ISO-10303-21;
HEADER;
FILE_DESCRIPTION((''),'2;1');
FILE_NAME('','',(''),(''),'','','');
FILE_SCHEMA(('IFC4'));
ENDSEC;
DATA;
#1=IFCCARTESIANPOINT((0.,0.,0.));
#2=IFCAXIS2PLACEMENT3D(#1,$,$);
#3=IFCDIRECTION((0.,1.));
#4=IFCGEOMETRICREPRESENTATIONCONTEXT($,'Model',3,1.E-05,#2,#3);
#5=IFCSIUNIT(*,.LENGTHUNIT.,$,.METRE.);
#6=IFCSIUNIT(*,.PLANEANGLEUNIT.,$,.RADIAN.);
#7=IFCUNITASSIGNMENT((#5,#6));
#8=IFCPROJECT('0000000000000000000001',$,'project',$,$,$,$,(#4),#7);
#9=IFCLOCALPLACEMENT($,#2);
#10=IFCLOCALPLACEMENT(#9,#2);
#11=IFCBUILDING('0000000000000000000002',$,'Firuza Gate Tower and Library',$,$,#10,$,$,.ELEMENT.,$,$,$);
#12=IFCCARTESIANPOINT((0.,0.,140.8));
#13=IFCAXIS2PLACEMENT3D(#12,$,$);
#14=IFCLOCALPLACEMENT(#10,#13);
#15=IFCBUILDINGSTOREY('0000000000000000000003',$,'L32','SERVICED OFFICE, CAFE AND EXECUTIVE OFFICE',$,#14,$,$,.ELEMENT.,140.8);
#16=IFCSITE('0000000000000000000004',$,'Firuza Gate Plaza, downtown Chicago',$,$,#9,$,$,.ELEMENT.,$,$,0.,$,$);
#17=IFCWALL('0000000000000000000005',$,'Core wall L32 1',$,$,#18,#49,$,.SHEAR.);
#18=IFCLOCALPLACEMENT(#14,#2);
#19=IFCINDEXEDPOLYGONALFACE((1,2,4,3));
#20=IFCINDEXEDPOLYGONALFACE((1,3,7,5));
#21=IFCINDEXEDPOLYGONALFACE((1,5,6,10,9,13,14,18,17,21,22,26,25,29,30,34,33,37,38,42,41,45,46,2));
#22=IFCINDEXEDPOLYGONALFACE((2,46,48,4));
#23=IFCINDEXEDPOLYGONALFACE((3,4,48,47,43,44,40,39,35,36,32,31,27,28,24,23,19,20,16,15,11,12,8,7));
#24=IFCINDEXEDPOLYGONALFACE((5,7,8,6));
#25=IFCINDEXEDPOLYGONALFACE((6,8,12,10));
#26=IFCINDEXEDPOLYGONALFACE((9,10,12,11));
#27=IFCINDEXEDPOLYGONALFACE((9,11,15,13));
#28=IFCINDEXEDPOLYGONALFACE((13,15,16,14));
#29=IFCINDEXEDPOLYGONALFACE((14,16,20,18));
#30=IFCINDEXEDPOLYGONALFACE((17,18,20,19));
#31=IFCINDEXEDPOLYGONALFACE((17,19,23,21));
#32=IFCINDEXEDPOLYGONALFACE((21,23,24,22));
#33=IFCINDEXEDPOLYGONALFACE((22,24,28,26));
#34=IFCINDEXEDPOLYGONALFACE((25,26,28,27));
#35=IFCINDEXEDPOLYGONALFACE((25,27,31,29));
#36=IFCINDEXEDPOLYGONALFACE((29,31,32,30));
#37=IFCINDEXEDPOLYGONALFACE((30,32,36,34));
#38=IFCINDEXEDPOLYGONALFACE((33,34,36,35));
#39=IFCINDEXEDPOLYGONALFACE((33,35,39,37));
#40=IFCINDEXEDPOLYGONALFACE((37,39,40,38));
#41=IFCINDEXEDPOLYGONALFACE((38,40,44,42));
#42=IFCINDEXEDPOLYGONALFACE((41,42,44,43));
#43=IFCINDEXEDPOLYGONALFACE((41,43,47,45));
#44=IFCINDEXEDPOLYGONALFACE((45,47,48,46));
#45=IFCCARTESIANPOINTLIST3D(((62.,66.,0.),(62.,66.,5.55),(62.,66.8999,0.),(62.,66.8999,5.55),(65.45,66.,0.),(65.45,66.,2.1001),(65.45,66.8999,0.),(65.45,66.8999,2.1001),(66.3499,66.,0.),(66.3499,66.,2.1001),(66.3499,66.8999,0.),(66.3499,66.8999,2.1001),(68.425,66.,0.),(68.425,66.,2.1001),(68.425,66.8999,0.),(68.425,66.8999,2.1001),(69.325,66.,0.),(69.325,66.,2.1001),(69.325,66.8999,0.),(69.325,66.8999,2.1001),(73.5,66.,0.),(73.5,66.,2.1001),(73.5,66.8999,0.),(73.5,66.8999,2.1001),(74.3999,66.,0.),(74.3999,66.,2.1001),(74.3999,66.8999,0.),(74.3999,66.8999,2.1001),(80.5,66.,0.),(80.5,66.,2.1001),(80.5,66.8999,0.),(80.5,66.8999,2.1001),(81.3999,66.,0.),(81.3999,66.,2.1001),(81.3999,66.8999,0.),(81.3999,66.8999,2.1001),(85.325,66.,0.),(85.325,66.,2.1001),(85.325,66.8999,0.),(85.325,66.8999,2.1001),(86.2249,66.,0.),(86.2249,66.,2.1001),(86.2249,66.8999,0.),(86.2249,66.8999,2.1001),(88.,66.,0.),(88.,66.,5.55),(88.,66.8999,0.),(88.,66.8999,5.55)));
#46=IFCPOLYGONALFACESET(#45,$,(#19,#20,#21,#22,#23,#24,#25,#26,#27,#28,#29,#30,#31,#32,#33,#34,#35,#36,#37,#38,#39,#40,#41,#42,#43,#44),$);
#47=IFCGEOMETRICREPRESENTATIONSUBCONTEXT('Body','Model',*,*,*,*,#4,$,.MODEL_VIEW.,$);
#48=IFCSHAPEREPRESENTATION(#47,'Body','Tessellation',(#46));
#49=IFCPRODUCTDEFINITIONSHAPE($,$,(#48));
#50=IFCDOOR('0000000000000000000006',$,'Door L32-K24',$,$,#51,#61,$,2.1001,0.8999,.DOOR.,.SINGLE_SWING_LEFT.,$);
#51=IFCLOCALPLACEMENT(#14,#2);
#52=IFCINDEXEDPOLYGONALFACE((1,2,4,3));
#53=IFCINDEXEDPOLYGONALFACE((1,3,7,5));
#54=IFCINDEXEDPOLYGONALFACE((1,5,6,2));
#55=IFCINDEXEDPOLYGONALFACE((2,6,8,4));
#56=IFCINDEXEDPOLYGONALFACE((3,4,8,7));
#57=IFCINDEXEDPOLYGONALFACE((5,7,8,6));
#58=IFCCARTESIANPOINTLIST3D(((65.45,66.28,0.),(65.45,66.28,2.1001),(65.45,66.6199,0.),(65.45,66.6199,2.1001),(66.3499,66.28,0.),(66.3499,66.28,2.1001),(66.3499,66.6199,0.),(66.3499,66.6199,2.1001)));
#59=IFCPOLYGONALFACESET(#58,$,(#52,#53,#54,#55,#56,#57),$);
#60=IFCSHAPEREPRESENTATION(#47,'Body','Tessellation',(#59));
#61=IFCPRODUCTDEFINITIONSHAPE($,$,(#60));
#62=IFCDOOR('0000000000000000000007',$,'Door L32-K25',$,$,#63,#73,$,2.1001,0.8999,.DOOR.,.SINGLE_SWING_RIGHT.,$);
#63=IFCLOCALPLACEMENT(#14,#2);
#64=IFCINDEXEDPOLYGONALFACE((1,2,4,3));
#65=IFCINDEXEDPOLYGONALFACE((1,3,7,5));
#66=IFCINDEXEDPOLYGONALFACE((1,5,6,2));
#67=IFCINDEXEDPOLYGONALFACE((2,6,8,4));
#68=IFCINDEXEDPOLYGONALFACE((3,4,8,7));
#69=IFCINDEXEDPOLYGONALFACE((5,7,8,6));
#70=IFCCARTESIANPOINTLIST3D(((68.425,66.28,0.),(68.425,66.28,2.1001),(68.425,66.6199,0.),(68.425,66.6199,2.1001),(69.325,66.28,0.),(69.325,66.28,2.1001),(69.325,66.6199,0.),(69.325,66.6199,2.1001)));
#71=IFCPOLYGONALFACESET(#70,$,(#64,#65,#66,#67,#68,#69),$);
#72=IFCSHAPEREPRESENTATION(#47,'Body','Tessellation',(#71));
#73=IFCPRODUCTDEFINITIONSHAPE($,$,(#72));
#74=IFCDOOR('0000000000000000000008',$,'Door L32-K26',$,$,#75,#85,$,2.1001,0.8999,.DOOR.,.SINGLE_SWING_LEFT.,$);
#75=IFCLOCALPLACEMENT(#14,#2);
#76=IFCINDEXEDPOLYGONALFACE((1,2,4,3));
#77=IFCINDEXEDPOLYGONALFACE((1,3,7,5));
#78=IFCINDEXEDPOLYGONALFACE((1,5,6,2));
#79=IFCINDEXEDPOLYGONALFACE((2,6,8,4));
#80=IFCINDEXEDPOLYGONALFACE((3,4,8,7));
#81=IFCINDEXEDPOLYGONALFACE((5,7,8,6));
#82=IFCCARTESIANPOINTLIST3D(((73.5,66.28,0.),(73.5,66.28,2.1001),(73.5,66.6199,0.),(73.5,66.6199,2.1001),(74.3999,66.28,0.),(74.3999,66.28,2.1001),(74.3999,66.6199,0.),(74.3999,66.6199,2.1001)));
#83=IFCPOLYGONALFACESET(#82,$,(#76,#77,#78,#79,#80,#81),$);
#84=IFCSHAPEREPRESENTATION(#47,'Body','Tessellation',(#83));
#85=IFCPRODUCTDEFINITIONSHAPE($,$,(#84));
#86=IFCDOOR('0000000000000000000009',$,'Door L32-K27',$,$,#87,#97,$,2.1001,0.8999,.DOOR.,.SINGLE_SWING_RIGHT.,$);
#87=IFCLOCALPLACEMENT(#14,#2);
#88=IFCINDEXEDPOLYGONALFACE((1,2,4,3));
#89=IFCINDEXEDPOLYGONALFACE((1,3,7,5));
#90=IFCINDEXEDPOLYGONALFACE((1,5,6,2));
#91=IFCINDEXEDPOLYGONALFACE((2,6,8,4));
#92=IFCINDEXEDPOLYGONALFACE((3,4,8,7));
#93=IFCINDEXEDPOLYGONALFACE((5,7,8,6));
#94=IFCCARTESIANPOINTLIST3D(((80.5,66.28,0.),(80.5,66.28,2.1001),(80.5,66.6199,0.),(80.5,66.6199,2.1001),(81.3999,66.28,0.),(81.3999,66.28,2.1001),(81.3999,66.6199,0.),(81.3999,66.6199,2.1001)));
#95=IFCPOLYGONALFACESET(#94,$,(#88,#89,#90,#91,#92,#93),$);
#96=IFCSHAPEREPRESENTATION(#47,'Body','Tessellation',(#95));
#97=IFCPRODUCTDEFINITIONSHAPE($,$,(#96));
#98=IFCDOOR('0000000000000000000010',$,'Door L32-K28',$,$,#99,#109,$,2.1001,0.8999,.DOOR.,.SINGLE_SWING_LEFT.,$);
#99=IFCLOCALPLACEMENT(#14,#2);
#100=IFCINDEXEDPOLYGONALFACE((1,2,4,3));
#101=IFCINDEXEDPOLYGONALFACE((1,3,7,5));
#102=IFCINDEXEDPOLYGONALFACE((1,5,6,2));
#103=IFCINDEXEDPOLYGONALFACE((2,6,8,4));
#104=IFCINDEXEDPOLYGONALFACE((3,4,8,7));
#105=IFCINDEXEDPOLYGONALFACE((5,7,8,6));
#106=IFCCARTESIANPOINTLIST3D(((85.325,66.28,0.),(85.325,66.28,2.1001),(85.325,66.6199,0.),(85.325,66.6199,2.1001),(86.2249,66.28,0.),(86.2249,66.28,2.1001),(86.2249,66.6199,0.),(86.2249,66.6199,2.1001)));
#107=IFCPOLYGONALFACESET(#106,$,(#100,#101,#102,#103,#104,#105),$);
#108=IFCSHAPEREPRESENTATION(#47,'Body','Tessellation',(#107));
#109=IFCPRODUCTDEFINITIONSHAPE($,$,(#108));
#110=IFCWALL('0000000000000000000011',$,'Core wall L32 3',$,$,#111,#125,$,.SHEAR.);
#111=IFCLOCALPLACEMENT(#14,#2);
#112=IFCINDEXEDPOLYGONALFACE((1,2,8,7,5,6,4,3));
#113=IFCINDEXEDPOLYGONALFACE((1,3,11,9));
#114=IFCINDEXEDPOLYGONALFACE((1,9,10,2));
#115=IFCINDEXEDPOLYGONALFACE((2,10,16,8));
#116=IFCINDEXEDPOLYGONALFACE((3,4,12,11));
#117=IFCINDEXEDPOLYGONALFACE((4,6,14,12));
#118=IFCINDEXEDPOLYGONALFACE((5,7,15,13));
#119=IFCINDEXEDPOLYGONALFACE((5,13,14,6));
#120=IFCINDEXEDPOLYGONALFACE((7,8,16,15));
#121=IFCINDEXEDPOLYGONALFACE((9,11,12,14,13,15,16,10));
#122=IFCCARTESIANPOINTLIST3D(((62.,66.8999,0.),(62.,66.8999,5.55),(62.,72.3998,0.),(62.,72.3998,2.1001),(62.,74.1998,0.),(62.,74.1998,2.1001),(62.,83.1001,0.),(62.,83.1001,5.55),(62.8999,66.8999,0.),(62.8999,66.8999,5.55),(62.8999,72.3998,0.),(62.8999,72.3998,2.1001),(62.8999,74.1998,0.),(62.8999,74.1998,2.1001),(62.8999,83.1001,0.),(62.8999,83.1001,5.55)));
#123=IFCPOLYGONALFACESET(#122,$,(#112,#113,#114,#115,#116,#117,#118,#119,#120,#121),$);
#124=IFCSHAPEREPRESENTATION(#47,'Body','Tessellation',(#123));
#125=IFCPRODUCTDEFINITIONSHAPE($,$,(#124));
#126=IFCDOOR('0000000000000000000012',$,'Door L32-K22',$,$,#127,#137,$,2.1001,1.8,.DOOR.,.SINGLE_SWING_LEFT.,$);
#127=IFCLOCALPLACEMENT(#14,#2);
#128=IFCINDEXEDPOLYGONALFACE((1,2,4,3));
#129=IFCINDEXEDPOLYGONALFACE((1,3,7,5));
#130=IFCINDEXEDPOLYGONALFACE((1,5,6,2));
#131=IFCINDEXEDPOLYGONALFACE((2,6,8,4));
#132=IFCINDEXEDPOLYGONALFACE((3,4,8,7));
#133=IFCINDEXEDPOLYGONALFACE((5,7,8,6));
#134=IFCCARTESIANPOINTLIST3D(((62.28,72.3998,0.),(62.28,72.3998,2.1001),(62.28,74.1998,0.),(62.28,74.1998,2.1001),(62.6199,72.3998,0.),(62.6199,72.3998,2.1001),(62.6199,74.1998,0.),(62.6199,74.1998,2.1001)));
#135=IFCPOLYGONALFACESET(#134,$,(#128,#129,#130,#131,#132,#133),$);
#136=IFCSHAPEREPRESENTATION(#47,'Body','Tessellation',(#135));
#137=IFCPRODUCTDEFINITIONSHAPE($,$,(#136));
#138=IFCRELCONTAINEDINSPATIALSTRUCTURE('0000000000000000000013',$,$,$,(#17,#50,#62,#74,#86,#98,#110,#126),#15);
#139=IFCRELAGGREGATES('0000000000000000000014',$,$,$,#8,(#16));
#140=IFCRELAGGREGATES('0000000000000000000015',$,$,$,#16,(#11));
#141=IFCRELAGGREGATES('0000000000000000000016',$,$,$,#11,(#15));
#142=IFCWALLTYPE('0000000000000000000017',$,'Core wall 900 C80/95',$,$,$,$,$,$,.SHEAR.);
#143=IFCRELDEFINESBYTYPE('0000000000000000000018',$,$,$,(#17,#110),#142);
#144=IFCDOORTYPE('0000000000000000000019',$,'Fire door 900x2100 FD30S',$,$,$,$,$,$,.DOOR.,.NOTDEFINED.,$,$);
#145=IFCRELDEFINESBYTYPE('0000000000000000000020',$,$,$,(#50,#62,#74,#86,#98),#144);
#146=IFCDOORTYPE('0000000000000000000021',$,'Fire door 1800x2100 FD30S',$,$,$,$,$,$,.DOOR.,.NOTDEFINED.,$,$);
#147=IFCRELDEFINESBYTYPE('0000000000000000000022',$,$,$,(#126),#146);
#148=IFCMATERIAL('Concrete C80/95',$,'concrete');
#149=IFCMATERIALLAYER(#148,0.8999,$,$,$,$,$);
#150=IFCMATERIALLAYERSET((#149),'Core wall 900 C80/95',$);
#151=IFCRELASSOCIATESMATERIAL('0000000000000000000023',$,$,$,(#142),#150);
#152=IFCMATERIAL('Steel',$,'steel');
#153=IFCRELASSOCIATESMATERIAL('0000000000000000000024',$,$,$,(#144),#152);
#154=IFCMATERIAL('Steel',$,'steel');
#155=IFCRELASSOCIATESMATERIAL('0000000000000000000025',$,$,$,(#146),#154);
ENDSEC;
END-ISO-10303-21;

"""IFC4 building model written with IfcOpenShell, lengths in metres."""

from ifc_helpers import new_model, si_unit, direction, frame, frame_2d, origin, place, context, subcontext, project, spatial, rectangle, extrude, material, layer, layer_set, type_object, element, fill, save


model = new_model("IFC4")

# Units and contexts
model_context = context("Model", 3, precision=1e-05, world=origin(), true_north=direction((0.0, 1.0)))
body_context = subcontext(model_context, "Body", "Model", "MODEL_VIEW")
ifc_project = project(units=[si_unit("LENGTHUNIT", "METRE"), si_unit("PLANEANGLEUNIT", "RADIAN")], contexts=[model_context])

# Site, building, storey
site_placement = place(None, origin())
site = spatial("IfcSite", under=ifc_project, at=site_placement, Name="Firuza Gate Plaza, downtown Chicago", CompositionType="ELEMENT", RefElevation=0.0)
building_placement = place(site_placement, origin())
building = spatial("IfcBuilding", under=site, at=building_placement, Name="Firuza Gate Tower and Library", CompositionType="ELEMENT")
storey_placement = place(building_placement, frame((0.0, 0.0, 140.8)))
storey = spatial("IfcBuildingStorey", under=building, at=storey_placement, Name="L32", Description="SERVICED OFFICE, CAFE AND EXECUTIVE OFFICE", CompositionType="ELEMENT", Elevation=140.8)

# Wall, openings, doors
ifc_material_1 = material(Name="Concrete C80/95", Category="concrete")
ifc_layer_1 = layer(ifc_material_1, 0.8999)
ifc_layer_set_1 = layer_set([ifc_layer_1], Name="Core wall 900 C80/95")
wall_type_1 = type_object("IfcWallType", Name="Core wall 900 C80/95", PredefinedType="SHEAR", material=ifc_layer_set_1)
wall_1_placement = place(storey_placement, frame((62.0, 66.45, 0.0), z_axis=(0.0, 0.0, 1.0), x_axis=(1.0, 0.0, 0.0)))
wall_1 = element("IfcWall", 1, at=wall_1_placement, inside=storey, type_object=wall_type_1, Name="Core wall L32 1", PredefinedType="SHEAR", context=body_context, shape_type="SweptSolid", body=[
    extrude(rectangle(XDim=26.0, YDim=0.8999, at=frame_2d((13.0, 0.0))), origin(), (0.0, 0.0, 1.0), 5.55),
])
opening_1_placement = place(wall_1_placement, frame((3.45, 0.0, 0.0)))
opening_1 = element("IfcOpeningElement", 2, at=opening_1_placement, cuts=wall_1, PredefinedType="OPENING", context=body_context, shape_type="SweptSolid", body=[
    extrude(rectangle(XDim=0.8999, YDim=2.1001, at=frame_2d((0.45, 1.05))), frame((0.0, 0.46, 0.0), z_axis=(0.0, -1.0, 0.0), x_axis=(1.0, 0.0, 0.0)), (0.0, 0.0, 1.0), 0.9199),
])
opening_2_placement = place(wall_1_placement, frame((6.425, 0.0, 0.0)))
opening_2 = element("IfcOpeningElement", 3, at=opening_2_placement, cuts=wall_1, PredefinedType="OPENING", context=body_context, shape_type="SweptSolid", body=[
    extrude(rectangle(XDim=0.8999, YDim=2.1001, at=frame_2d((0.45, 1.05))), frame((0.0, 0.46, 0.0), z_axis=(0.0, -1.0, 0.0), x_axis=(1.0, 0.0, 0.0)), (0.0, 0.0, 1.0), 0.9199),
])
opening_3_placement = place(wall_1_placement, frame((11.5, 0.0, 0.0)))
opening_3 = element("IfcOpeningElement", 4, at=opening_3_placement, cuts=wall_1, PredefinedType="OPENING", context=body_context, shape_type="SweptSolid", body=[
    extrude(rectangle(XDim=0.8999, YDim=2.1001, at=frame_2d((0.45, 1.05))), frame((0.0, 0.46, 0.0), z_axis=(0.0, -1.0, 0.0), x_axis=(1.0, 0.0, 0.0)), (0.0, 0.0, 1.0), 0.9199),
])
opening_4_placement = place(wall_1_placement, frame((18.5, 0.0, 0.0)))
opening_4 = element("IfcOpeningElement", 5, at=opening_4_placement, cuts=wall_1, PredefinedType="OPENING", context=body_context, shape_type="SweptSolid", body=[
    extrude(rectangle(XDim=0.8999, YDim=2.1001, at=frame_2d((0.45, 1.05))), frame((0.0, 0.46, 0.0), z_axis=(0.0, -1.0, 0.0), x_axis=(1.0, 0.0, 0.0)), (0.0, 0.0, 1.0), 0.9199),
])
opening_5_placement = place(wall_1_placement, frame((23.325, 0.0, 0.0)))
opening_5 = element("IfcOpeningElement", 6, at=opening_5_placement, cuts=wall_1, PredefinedType="OPENING", context=body_context, shape_type="SweptSolid", body=[
    extrude(rectangle(XDim=0.8999, YDim=2.1001, at=frame_2d((0.45, 1.05))), frame((0.0, 0.46, 0.0), z_axis=(0.0, -1.0, 0.0), x_axis=(1.0, 0.0, 0.0)), (0.0, 0.0, 1.0), 0.9199),
])
ifc_material_2 = material(Name="Steel", Category="steel")
door_type_1 = type_object("IfcDoorType", Name="Fire door 900x2100 FD30S", OperationType="NOTDEFINED", PredefinedType="DOOR", material=ifc_material_2)
door_1_placement = place(opening_1_placement, origin())
door_1 = element("IfcDoor", 7, at=door_1_placement, inside=storey, type_object=door_type_1, Name="Door L32-K24", OperationType="SINGLE_SWING_LEFT", OverallHeight=2.1001, OverallWidth=0.8999, PredefinedType="DOOR", context=body_context, shape_type="SweptSolid", body=[
    extrude(rectangle(XDim=0.8999, YDim=2.1001, at=frame_2d((0.45, 1.05))), frame((0.0, 0.1699, 0.0), z_axis=(0.0, -1.0, 0.0), x_axis=(1.0, 0.0, 0.0)), (0.0, 0.0, 1.0), 0.3398),
])
fill(opening_1, door_1)
door_2_placement = place(opening_2_placement, origin())
door_2 = element("IfcDoor", 8, at=door_2_placement, inside=storey, type_object=door_type_1, Name="Door L32-K25", OperationType="SINGLE_SWING_RIGHT", OverallHeight=2.1001, OverallWidth=0.8999, PredefinedType="DOOR", context=body_context, shape_type="SweptSolid", body=[
    extrude(rectangle(XDim=0.8999, YDim=2.1001, at=frame_2d((0.45, 1.05))), frame((0.0, 0.1699, 0.0), z_axis=(0.0, -1.0, 0.0), x_axis=(1.0, 0.0, 0.0)), (0.0, 0.0, 1.0), 0.3398),
])
fill(opening_2, door_2)
door_3_placement = place(opening_3_placement, origin())
door_3 = element("IfcDoor", 9, at=door_3_placement, inside=storey, type_object=door_type_1, Name="Door L32-K26", OperationType="SINGLE_SWING_LEFT", OverallHeight=2.1001, OverallWidth=0.8999, PredefinedType="DOOR", context=body_context, shape_type="SweptSolid", body=[
    extrude(rectangle(XDim=0.8999, YDim=2.1001, at=frame_2d((0.45, 1.05))), frame((0.0, 0.1699, 0.0), z_axis=(0.0, -1.0, 0.0), x_axis=(1.0, 0.0, 0.0)), (0.0, 0.0, 1.0), 0.3398),
])
fill(opening_3, door_3)
door_4_placement = place(opening_4_placement, origin())
door_4 = element("IfcDoor", 10, at=door_4_placement, inside=storey, type_object=door_type_1, Name="Door L32-K27", OperationType="SINGLE_SWING_RIGHT", OverallHeight=2.1001, OverallWidth=0.8999, PredefinedType="DOOR", context=body_context, shape_type="SweptSolid", body=[
    extrude(rectangle(XDim=0.8999, YDim=2.1001, at=frame_2d((0.45, 1.05))), frame((0.0, 0.1699, 0.0), z_axis=(0.0, -1.0, 0.0), x_axis=(1.0, 0.0, 0.0)), (0.0, 0.0, 1.0), 0.3398),
])
fill(opening_4, door_4)
door_5_placement = place(opening_5_placement, origin())
door_5 = element("IfcDoor", 11, at=door_5_placement, inside=storey, type_object=door_type_1, Name="Door L32-K28", OperationType="SINGLE_SWING_LEFT", OverallHeight=2.1001, OverallWidth=0.8999, PredefinedType="DOOR", context=body_context, shape_type="SweptSolid", body=[
    extrude(rectangle(XDim=0.8999, YDim=2.1001, at=frame_2d((0.45, 1.05))), frame((0.0, 0.1699, 0.0), z_axis=(0.0, -1.0, 0.0), x_axis=(1.0, 0.0, 0.0)), (0.0, 0.0, 1.0), 0.3398),
])
fill(opening_5, door_5)

# Wall, opening, door
wall_2_placement = place(storey_placement, frame((62.45, 66.8999, 0.0), z_axis=(0.0, 0.0, 1.0), x_axis=(0.0, 1.0, 0.0)))
wall_2 = element("IfcWall", 12, at=wall_2_placement, inside=storey, type_object=wall_type_1, Name="Core wall L32 3", PredefinedType="SHEAR", context=body_context, shape_type="SweptSolid", body=[
    extrude(rectangle(XDim=16.2002, YDim=0.8999, at=frame_2d((8.1001, 0.0))), origin(), (0.0, 0.0, 1.0), 5.55),
])
opening_6_placement = place(wall_2_placement, frame((5.5, 0.0, 0.0)))
opening_6 = element("IfcOpeningElement", 13, at=opening_6_placement, cuts=wall_2, PredefinedType="OPENING", context=body_context, shape_type="SweptSolid", body=[
    extrude(rectangle(XDim=1.8, YDim=2.1001, at=frame_2d((0.8999, 1.05))), frame((0.0, 0.46, 0.0), z_axis=(0.0, -1.0, 0.0), x_axis=(1.0, 0.0, 0.0)), (0.0, 0.0, 1.0), 0.9199),
])
ifc_material_3 = material(Name="Steel", Category="steel")
door_type_2 = type_object("IfcDoorType", Name="Fire door 1800x2100 FD30S", OperationType="NOTDEFINED", PredefinedType="DOOR", material=ifc_material_3)
door_6_placement = place(opening_6_placement, origin())
door_6 = element("IfcDoor", 14, at=door_6_placement, inside=storey, type_object=door_type_2, Name="Door L32-K22", OperationType="SINGLE_SWING_LEFT", OverallHeight=2.1001, OverallWidth=1.8, PredefinedType="DOOR", context=body_context, shape_type="SweptSolid", body=[
    extrude(rectangle(XDim=1.8, YDim=2.1001, at=frame_2d((0.8999, 1.05))), frame((0.0, 0.1699, 0.0), z_axis=(0.0, -1.0, 0.0), x_axis=(1.0, 0.0, 0.0)), (0.0, 0.0, 1.0), 0.3398),
])
fill(opening_6, door_6)

save(model, "model.ifc")
